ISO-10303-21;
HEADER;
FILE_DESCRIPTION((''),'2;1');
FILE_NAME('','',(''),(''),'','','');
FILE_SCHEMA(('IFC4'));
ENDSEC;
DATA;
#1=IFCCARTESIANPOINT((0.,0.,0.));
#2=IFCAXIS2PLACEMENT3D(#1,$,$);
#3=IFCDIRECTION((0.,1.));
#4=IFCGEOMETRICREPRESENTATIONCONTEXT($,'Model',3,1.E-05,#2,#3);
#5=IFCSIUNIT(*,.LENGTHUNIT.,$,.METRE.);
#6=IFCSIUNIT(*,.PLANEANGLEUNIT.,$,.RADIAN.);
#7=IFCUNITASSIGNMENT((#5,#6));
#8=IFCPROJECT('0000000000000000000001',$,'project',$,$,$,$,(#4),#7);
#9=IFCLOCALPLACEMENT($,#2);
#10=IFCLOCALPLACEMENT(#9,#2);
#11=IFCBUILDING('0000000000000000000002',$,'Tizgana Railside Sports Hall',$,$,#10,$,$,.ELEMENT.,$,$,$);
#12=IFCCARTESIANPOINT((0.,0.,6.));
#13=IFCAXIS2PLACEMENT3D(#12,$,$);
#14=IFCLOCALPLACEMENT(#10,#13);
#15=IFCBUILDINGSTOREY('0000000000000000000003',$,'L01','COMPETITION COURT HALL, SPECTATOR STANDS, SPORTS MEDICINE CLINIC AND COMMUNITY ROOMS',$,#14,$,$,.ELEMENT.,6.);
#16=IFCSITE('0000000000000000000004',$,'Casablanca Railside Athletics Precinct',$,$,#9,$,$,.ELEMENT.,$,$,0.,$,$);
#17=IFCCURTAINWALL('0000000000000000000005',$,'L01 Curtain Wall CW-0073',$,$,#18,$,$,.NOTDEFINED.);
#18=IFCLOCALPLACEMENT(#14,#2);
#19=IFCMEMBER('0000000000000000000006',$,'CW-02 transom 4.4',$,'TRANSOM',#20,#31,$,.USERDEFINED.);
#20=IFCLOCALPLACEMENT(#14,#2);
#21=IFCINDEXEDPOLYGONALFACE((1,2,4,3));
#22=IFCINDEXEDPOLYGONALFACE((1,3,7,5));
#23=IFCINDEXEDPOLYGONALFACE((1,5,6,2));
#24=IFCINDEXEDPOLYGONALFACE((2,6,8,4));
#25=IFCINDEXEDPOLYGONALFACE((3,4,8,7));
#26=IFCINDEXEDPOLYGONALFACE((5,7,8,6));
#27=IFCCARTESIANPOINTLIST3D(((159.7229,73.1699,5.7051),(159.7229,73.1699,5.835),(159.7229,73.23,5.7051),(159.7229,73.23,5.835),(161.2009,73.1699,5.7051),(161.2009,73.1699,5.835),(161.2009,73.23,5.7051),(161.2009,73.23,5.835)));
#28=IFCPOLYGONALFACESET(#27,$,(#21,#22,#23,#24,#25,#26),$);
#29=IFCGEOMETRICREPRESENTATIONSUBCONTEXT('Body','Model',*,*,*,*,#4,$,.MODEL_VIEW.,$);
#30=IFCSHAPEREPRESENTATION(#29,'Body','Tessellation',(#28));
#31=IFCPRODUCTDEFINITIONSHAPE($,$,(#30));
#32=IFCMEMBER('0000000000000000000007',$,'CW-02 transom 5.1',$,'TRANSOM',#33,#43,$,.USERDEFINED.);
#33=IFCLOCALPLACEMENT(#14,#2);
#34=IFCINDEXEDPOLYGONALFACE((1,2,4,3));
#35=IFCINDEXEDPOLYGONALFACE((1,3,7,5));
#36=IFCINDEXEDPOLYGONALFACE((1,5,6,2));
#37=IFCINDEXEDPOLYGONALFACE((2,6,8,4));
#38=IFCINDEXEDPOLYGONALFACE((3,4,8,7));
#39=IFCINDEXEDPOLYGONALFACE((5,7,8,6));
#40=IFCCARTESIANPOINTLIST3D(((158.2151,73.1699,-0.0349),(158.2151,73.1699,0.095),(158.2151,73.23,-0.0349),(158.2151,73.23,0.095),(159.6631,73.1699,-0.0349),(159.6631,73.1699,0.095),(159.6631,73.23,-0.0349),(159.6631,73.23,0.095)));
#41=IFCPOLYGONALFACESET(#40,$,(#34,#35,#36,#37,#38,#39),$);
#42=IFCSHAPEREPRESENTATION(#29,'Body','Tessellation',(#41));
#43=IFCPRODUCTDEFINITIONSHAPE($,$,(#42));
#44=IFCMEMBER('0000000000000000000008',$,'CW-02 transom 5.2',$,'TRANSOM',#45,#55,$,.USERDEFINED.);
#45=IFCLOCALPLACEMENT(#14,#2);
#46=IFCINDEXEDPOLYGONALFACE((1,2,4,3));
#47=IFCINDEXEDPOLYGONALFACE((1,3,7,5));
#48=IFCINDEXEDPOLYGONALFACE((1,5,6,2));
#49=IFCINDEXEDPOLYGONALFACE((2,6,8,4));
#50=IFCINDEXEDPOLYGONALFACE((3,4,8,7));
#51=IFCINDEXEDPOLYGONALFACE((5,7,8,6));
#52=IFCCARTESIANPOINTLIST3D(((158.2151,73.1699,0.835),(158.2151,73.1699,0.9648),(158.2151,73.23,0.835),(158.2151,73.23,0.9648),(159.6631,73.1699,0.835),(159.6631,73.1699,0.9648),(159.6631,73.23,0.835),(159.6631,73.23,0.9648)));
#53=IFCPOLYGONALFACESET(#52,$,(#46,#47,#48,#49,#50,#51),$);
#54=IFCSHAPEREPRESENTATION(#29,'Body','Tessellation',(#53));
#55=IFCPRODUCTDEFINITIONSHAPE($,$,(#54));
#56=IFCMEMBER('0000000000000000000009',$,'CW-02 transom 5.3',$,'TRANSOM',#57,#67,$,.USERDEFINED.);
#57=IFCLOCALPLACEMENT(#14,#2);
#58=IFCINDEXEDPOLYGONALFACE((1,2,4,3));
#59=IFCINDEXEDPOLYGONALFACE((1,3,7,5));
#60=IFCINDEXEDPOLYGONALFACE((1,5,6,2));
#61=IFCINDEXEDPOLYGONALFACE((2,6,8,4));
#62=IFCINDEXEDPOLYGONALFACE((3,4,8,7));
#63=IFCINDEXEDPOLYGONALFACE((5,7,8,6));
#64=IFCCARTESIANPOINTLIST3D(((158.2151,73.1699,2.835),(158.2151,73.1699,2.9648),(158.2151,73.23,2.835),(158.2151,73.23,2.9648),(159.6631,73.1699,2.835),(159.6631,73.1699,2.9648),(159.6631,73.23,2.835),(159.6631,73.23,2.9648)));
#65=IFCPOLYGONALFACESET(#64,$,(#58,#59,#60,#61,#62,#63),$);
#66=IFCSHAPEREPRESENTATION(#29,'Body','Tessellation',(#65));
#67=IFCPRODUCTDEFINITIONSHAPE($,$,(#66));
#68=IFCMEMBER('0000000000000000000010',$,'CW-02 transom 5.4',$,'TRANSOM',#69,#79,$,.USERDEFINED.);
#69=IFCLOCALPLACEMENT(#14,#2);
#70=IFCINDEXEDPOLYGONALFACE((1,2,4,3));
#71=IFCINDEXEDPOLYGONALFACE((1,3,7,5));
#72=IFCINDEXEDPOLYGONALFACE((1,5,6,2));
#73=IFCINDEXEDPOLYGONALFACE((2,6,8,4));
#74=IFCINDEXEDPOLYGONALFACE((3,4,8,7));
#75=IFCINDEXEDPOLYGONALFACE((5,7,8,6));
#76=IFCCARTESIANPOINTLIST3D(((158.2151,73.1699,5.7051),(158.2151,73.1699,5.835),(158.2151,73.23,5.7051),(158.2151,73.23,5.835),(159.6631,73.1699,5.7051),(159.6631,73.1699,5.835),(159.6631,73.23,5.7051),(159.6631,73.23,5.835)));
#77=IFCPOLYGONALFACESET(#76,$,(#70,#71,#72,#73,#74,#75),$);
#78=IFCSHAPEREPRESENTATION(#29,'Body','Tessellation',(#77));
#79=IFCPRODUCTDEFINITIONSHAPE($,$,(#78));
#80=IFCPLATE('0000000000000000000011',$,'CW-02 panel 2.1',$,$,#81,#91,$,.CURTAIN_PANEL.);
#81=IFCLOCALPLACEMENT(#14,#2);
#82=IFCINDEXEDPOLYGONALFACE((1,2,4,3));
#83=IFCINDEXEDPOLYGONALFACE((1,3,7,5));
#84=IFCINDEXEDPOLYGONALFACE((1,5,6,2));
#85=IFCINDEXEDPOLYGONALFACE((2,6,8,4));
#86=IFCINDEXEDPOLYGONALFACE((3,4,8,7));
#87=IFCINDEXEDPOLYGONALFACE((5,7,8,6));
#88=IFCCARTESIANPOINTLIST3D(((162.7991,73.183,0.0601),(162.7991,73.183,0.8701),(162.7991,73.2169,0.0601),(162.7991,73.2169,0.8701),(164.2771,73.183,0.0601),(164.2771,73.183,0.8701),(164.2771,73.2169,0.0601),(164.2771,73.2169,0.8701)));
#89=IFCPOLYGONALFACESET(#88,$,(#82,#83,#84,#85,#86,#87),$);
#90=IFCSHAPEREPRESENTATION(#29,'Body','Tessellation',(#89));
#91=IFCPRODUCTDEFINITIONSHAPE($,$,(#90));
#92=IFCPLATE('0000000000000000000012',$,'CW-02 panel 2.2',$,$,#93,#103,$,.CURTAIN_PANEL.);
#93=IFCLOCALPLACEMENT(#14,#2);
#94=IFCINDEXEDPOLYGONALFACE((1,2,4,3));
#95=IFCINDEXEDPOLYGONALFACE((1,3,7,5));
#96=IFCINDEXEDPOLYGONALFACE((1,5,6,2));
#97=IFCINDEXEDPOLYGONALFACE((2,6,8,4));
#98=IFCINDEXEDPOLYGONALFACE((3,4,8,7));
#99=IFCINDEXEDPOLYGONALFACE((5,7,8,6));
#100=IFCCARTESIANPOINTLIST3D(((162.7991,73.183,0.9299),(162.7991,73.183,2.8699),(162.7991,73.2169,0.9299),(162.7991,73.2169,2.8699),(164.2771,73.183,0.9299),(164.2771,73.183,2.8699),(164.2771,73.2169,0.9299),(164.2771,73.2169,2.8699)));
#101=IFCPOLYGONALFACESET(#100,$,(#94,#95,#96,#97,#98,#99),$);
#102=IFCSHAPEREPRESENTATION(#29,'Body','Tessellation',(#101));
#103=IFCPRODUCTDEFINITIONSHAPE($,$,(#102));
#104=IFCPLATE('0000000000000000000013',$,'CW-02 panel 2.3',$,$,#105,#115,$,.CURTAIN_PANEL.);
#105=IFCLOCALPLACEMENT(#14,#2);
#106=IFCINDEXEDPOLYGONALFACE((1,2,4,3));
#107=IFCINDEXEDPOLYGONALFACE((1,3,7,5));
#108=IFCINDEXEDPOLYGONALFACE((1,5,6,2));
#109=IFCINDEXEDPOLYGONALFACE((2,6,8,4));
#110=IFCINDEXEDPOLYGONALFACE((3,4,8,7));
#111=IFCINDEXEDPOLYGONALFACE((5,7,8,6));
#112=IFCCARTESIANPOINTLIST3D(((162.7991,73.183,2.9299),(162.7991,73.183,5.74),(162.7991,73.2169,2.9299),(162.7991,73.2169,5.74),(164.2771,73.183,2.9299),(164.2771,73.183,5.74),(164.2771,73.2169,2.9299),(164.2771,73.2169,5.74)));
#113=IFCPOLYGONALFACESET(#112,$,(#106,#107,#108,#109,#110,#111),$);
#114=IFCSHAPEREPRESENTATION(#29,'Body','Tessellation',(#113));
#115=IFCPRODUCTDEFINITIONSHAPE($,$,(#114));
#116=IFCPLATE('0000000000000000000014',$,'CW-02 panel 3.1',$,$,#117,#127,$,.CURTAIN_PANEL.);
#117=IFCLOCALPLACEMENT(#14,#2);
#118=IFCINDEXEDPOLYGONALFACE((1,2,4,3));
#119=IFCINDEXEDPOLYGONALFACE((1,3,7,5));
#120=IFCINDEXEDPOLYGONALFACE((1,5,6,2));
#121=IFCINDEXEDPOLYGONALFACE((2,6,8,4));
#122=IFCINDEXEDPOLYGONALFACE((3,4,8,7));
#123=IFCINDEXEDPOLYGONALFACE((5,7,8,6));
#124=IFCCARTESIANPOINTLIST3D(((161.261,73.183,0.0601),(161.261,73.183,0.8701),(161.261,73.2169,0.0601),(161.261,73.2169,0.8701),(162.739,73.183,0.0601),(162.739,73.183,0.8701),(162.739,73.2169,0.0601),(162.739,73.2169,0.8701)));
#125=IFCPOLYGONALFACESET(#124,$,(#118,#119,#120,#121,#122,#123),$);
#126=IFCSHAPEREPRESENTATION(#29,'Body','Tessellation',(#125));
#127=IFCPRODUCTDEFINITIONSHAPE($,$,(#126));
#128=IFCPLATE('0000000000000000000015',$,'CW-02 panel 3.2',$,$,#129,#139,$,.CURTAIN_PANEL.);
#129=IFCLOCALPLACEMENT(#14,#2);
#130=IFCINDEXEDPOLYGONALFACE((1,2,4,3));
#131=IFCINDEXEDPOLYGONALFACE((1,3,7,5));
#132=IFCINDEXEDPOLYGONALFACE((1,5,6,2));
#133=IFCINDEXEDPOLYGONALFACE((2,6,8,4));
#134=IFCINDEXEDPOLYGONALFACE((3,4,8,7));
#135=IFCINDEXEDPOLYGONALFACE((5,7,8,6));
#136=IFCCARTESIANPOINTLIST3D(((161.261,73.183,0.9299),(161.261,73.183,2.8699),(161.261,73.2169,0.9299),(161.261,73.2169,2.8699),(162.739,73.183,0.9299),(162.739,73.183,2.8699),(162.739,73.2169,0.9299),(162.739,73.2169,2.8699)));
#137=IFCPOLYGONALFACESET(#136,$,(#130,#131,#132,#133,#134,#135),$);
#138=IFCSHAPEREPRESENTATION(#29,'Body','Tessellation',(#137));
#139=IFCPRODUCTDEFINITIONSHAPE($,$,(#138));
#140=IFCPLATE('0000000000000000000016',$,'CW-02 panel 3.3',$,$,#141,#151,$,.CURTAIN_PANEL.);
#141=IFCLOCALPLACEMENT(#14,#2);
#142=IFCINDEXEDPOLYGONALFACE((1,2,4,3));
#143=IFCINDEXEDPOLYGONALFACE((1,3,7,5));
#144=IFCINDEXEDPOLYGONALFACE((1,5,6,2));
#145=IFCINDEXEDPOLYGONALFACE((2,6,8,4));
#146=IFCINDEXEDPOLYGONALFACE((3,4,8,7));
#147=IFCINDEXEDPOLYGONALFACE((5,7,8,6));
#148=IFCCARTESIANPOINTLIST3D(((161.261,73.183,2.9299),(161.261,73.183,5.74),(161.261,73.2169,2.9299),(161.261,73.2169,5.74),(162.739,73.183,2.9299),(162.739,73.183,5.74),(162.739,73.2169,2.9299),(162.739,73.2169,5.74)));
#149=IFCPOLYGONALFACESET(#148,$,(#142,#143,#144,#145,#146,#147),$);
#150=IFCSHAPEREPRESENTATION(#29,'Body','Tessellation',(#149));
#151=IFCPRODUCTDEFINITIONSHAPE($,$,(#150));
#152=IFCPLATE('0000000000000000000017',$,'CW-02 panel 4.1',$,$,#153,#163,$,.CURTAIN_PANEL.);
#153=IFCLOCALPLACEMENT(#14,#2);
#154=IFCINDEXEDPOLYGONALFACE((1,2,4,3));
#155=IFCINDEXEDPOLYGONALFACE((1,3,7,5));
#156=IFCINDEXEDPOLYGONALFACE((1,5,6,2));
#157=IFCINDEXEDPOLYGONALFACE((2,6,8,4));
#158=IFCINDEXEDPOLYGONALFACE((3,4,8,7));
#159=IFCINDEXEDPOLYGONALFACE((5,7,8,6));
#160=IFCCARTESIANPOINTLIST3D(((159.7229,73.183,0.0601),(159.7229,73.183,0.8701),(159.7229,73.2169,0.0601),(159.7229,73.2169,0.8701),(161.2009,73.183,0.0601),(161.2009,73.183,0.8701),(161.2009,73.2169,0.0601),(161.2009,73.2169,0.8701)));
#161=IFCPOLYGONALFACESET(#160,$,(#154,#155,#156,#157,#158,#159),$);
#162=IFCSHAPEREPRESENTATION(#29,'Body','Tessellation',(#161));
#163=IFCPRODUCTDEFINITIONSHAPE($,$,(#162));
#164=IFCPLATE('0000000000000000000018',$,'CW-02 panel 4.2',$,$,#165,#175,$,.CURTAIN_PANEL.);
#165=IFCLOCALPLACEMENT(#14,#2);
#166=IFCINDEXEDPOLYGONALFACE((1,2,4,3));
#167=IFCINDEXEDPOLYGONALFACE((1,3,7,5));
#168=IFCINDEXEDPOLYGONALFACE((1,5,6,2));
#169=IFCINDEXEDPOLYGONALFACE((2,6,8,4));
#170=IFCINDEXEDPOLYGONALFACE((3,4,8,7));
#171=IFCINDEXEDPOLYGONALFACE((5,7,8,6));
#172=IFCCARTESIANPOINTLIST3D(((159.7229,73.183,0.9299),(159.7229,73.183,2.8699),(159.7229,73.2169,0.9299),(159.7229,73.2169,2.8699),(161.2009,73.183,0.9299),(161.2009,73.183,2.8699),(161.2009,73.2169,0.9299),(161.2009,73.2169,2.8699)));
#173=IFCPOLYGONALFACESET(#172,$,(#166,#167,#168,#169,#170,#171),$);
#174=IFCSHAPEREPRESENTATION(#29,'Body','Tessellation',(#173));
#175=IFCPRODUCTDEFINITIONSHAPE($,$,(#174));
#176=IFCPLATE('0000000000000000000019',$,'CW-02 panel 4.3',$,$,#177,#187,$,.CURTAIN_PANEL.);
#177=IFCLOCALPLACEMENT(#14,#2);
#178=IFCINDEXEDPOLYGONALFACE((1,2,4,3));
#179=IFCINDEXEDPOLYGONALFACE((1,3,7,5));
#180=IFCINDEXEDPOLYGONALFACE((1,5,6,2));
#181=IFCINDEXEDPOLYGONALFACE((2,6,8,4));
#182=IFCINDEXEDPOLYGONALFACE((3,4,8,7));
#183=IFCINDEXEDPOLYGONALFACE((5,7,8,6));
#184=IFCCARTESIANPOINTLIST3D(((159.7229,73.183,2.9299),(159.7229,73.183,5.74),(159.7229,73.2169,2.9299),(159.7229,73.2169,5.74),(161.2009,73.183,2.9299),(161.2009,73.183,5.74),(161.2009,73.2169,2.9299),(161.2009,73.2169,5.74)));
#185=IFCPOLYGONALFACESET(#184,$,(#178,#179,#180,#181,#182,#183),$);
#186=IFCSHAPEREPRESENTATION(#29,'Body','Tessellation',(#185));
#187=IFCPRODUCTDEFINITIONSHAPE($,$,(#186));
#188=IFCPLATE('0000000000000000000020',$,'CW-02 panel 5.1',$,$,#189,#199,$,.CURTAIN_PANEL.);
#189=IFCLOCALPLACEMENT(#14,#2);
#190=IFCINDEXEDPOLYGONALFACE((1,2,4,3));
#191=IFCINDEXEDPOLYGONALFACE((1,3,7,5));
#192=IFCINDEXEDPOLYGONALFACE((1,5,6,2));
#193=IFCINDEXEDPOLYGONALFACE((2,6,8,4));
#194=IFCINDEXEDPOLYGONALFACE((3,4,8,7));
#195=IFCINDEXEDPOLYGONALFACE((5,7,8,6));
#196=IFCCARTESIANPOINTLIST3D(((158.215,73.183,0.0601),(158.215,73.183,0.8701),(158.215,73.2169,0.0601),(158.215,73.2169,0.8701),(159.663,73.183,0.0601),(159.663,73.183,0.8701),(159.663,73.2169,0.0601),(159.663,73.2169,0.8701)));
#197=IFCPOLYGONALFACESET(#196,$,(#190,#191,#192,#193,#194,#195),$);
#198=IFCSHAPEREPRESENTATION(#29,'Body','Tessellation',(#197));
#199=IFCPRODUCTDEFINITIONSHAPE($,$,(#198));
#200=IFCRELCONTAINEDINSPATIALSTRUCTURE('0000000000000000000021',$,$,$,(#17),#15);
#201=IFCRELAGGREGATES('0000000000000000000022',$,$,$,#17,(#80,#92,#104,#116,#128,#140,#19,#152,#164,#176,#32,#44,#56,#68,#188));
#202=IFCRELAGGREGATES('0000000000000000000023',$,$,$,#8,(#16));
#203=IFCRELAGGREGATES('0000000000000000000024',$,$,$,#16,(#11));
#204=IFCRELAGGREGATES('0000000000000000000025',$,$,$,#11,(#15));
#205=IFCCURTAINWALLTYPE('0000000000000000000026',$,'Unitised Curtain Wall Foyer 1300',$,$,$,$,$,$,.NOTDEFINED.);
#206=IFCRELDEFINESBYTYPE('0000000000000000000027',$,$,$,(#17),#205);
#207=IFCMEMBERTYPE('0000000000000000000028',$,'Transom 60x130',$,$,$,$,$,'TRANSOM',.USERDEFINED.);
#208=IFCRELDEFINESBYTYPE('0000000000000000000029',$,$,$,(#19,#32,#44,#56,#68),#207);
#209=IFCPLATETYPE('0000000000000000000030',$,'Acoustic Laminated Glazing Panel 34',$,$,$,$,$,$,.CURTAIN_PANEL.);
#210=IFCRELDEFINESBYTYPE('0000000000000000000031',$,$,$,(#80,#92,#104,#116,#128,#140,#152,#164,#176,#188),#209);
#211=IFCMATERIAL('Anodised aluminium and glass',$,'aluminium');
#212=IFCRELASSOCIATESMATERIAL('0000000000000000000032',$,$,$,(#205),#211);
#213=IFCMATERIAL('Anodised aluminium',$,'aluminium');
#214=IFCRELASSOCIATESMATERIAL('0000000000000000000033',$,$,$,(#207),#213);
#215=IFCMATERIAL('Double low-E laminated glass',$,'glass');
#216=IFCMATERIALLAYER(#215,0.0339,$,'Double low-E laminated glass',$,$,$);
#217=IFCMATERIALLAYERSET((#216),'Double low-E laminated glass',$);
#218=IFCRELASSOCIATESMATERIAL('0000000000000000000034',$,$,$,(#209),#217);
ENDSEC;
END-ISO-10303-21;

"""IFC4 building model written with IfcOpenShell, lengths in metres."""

from ifc_helpers import new_model, si_unit, direction, frame, origin, origin_2d, place, context, subcontext, project, spatial, rectangle, extrude, material, layer, layer_set, material_profile, profile_set, type_object, element, aggregate, save


model = new_model("IFC4")

# Units and contexts
model_context = context("Model", 3, precision=1e-05, world=origin(), true_north=direction((0.0, 1.0)))
body_context = subcontext(model_context, "Body", "Model", "MODEL_VIEW")
ifc_project = project(units=[si_unit("LENGTHUNIT", "METRE"), si_unit("PLANEANGLEUNIT", "RADIAN")], contexts=[model_context])

# Site, building, storey
site_placement = place(None, origin())
site = spatial("IfcSite", under=ifc_project, at=site_placement, Name="Casablanca Railside Athletics Precinct", CompositionType="ELEMENT", RefElevation=0.0)
building_placement = place(site_placement, origin())
building = spatial("IfcBuilding", under=site, at=building_placement, Name="Tizgana Railside Sports Hall", CompositionType="ELEMENT")
storey_placement = place(building_placement, frame((0.0, 0.0, 6.0)))
storey = spatial("IfcBuildingStorey", under=building, at=storey_placement, Name="L01", Description="COMPETITION COURT HALL, SPECTATOR STANDS, SPORTS MEDICINE CLINIC AND COMMUNITY ROOMS", CompositionType="ELEMENT", Elevation=6.0)

# Curtain wall, members, plates
ifc_material_1 = material(Name="Anodised aluminium and glass", Category="aluminium")
curtain_wall_type = type_object("IfcCurtainWallType", Name="Unitised Curtain Wall Foyer 1300", PredefinedType="NOTDEFINED", material=ifc_material_1)
curtain_wall_placement = place(storey_placement, origin())
curtain_wall = element("IfcCurtainWall", 1, at=curtain_wall_placement, inside=storey, type_object=curtain_wall_type, Name="L01 Curtain Wall CW-0073", PredefinedType="NOTDEFINED")
ifc_material_2 = material(Name="Anodised aluminium", Category="aluminium")
ifc_material_profile_1 = material_profile(ifc_material_2, rectangle(XDim=0.0601, YDim=0.1299, at=origin_2d()), Name="Transom 60x130")
ifc_profile_set_1 = profile_set([ifc_material_profile_1], Name="Anodised aluminium")
member_type_1 = type_object("IfcMemberType", Name="Transom 60x130", ElementType="TRANSOM", PredefinedType="USERDEFINED", material=ifc_profile_set_1)
member_1_placement = place(storey_placement, frame((161.2009, 73.2, 5.77), z_axis=(-1.0, 0.0, 0.0), x_axis=(0.0, -1.0, 0.0)))
member_1 = element("IfcMember", 2, at=member_1_placement, type_object=member_type_1, Name="CW-02 transom 4.4", ObjectType="TRANSOM", PredefinedType="USERDEFINED", context=body_context, shape_type="SweptSolid", body=[
    extrude(rectangle(XDim=0.0601, YDim=0.1299, at=origin_2d()), origin(), (0.0, 0.0, 1.0), 1.478),
])
member_2_placement = place(storey_placement, frame((159.6631, 73.2, 0.03), z_axis=(-1.0, 0.0, 0.0), x_axis=(0.0, -1.0, 0.0)))
member_2 = element("IfcMember", 3, at=member_2_placement, type_object=member_type_1, Name="CW-02 transom 5.1", ObjectType="TRANSOM", PredefinedType="USERDEFINED", context=body_context, shape_type="SweptSolid", body=[
    extrude(rectangle(XDim=0.0601, YDim=0.1299, at=origin_2d()), origin(), (0.0, 0.0, 1.0), 1.448),
])
member_3_placement = place(storey_placement, frame((159.6631, 73.2, 0.8999), z_axis=(-1.0, 0.0, 0.0), x_axis=(0.0, -1.0, 0.0)))
member_3 = element("IfcMember", 4, at=member_3_placement, type_object=member_type_1, Name="CW-02 transom 5.2", ObjectType="TRANSOM", PredefinedType="USERDEFINED", context=body_context, shape_type="SweptSolid", body=[
    extrude(rectangle(XDim=0.0601, YDim=0.1299, at=origin_2d()), origin(), (0.0, 0.0, 1.0), 1.448),
])
member_4_placement = place(storey_placement, frame((159.6631, 73.2, 2.8999), z_axis=(-1.0, 0.0, 0.0), x_axis=(0.0, -1.0, 0.0)))
member_4 = element("IfcMember", 5, at=member_4_placement, type_object=member_type_1, Name="CW-02 transom 5.3", ObjectType="TRANSOM", PredefinedType="USERDEFINED", context=body_context, shape_type="SweptSolid", body=[
    extrude(rectangle(XDim=0.0601, YDim=0.1299, at=origin_2d()), origin(), (0.0, 0.0, 1.0), 1.448),
])
member_5_placement = place(storey_placement, frame((159.6631, 73.2, 5.77), z_axis=(-1.0, 0.0, 0.0), x_axis=(0.0, -1.0, 0.0)))
member_5 = element("IfcMember", 6, at=member_5_placement, type_object=member_type_1, Name="CW-02 transom 5.4", ObjectType="TRANSOM", PredefinedType="USERDEFINED", context=body_context, shape_type="SweptSolid", body=[
    extrude(rectangle(XDim=0.0601, YDim=0.1299, at=origin_2d()), origin(), (0.0, 0.0, 1.0), 1.448),
])
ifc_material_3 = material(Name="Double low-E laminated glass", Category="glass")
ifc_layer = layer(ifc_material_3, 0.0339, Name="Double low-E laminated glass")
ifc_layer_set = layer_set([ifc_layer], Name="Double low-E laminated glass")
plate_type = type_object("IfcPlateType", Name="Acoustic Laminated Glazing Panel 34", PredefinedType="CURTAIN_PANEL", material=ifc_layer_set)
plate_1_placement = place(storey_placement, frame((163.5381, 73.2, 0.0601), z_axis=(0.0, 0.0, 1.0), x_axis=(-1.0, 0.0, 0.0)))
plate_1 = element("IfcPlate", 7, at=plate_1_placement, type_object=plate_type, Name="CW-02 panel 2.1", PredefinedType="CURTAIN_PANEL", context=body_context, shape_type="SweptSolid", body=[
    extrude(rectangle(XDim=1.478, YDim=0.0339, at=origin_2d()), origin(), (0.0, 0.0, 1.0), 0.8101),
])
plate_2_placement = place(storey_placement, frame((163.5381, 73.2, 0.9299), z_axis=(0.0, 0.0, 1.0), x_axis=(-1.0, 0.0, 0.0)))
plate_2 = element("IfcPlate", 8, at=plate_2_placement, type_object=plate_type, Name="CW-02 panel 2.2", PredefinedType="CURTAIN_PANEL", context=body_context, shape_type="SweptSolid", body=[
    extrude(rectangle(XDim=1.478, YDim=0.0339, at=origin_2d()), origin(), (0.0, 0.0, 1.0), 1.9399),
])
plate_3_placement = place(storey_placement, frame((163.5381, 73.2, 2.9299), z_axis=(0.0, 0.0, 1.0), x_axis=(-1.0, 0.0, 0.0)))
plate_3 = element("IfcPlate", 9, at=plate_3_placement, type_object=plate_type, Name="CW-02 panel 2.3", PredefinedType="CURTAIN_PANEL", context=body_context, shape_type="SweptSolid", body=[
    extrude(rectangle(XDim=1.478, YDim=0.0339, at=origin_2d()), origin(), (0.0, 0.0, 1.0), 2.8101),
])
plate_4_placement = place(storey_placement, frame((162.0, 73.2, 0.0601), z_axis=(0.0, 0.0, 1.0), x_axis=(-1.0, 0.0, 0.0)))
plate_4 = element("IfcPlate", 10, at=plate_4_placement, type_object=plate_type, Name="CW-02 panel 3.1", PredefinedType="CURTAIN_PANEL", context=body_context, shape_type="SweptSolid", body=[
    extrude(rectangle(XDim=1.478, YDim=0.0339, at=origin_2d()), origin(), (0.0, 0.0, 1.0), 0.8101),
])
plate_5_placement = place(storey_placement, frame((162.0, 73.2, 0.9299), z_axis=(0.0, 0.0, 1.0), x_axis=(-1.0, 0.0, 0.0)))
plate_5 = element("IfcPlate", 11, at=plate_5_placement, type_object=plate_type, Name="CW-02 panel 3.2", PredefinedType="CURTAIN_PANEL", context=body_context, shape_type="SweptSolid", body=[
    extrude(rectangle(XDim=1.478, YDim=0.0339, at=origin_2d()), origin(), (0.0, 0.0, 1.0), 1.9399),
])
plate_6_placement = place(storey_placement, frame((162.0, 73.2, 2.9299), z_axis=(0.0, 0.0, 1.0), x_axis=(-1.0, 0.0, 0.0)))
plate_6 = element("IfcPlate", 12, at=plate_6_placement, type_object=plate_type, Name="CW-02 panel 3.3", PredefinedType="CURTAIN_PANEL", context=body_context, shape_type="SweptSolid", body=[
    extrude(rectangle(XDim=1.478, YDim=0.0339, at=origin_2d()), origin(), (0.0, 0.0, 1.0), 2.8101),
])
plate_7_placement = place(storey_placement, frame((160.4619, 73.2, 0.0601), z_axis=(0.0, 0.0, 1.0), x_axis=(-1.0, 0.0, 0.0)))
plate_7 = element("IfcPlate", 13, at=plate_7_placement, type_object=plate_type, Name="CW-02 panel 4.1", PredefinedType="CURTAIN_PANEL", context=body_context, shape_type="SweptSolid", body=[
    extrude(rectangle(XDim=1.478, YDim=0.0339, at=origin_2d()), origin(), (0.0, 0.0, 1.0), 0.8101),
])
plate_8_placement = place(storey_placement, frame((160.4619, 73.2, 0.9299), z_axis=(0.0, 0.0, 1.0), x_axis=(-1.0, 0.0, 0.0)))
plate_8 = element("IfcPlate", 14, at=plate_8_placement, type_object=plate_type, Name="CW-02 panel 4.2", PredefinedType="CURTAIN_PANEL", context=body_context, shape_type="SweptSolid", body=[
    extrude(rectangle(XDim=1.478, YDim=0.0339, at=origin_2d()), origin(), (0.0, 0.0, 1.0), 1.9399),
])
plate_9_placement = place(storey_placement, frame((160.4619, 73.2, 2.9299), z_axis=(0.0, 0.0, 1.0), x_axis=(-1.0, 0.0, 0.0)))
plate_9 = element("IfcPlate", 15, at=plate_9_placement, type_object=plate_type, Name="CW-02 panel 4.3", PredefinedType="CURTAIN_PANEL", context=body_context, shape_type="SweptSolid", body=[
    extrude(rectangle(XDim=1.478, YDim=0.0339, at=origin_2d()), origin(), (0.0, 0.0, 1.0), 2.8101),
])
plate_10_placement = place(storey_placement, frame((158.939, 73.2, 0.0601), z_axis=(0.0, 0.0, 1.0), x_axis=(-1.0, 0.0, 0.0)))
plate_10 = element("IfcPlate", 16, at=plate_10_placement, type_object=plate_type, Name="CW-02 panel 5.1", PredefinedType="CURTAIN_PANEL", context=body_context, shape_type="SweptSolid", body=[
    extrude(rectangle(XDim=1.448, YDim=0.0339, at=origin_2d()), origin(), (0.0, 0.0, 1.0), 0.8101),
])
aggregate(curtain_wall, [plate_1, plate_2, plate_3, plate_4, plate_5, plate_6, member_1, plate_7, plate_8, plate_9, member_2, member_3, member_4, member_5, plate_10])

save(model, "model.ifc")
